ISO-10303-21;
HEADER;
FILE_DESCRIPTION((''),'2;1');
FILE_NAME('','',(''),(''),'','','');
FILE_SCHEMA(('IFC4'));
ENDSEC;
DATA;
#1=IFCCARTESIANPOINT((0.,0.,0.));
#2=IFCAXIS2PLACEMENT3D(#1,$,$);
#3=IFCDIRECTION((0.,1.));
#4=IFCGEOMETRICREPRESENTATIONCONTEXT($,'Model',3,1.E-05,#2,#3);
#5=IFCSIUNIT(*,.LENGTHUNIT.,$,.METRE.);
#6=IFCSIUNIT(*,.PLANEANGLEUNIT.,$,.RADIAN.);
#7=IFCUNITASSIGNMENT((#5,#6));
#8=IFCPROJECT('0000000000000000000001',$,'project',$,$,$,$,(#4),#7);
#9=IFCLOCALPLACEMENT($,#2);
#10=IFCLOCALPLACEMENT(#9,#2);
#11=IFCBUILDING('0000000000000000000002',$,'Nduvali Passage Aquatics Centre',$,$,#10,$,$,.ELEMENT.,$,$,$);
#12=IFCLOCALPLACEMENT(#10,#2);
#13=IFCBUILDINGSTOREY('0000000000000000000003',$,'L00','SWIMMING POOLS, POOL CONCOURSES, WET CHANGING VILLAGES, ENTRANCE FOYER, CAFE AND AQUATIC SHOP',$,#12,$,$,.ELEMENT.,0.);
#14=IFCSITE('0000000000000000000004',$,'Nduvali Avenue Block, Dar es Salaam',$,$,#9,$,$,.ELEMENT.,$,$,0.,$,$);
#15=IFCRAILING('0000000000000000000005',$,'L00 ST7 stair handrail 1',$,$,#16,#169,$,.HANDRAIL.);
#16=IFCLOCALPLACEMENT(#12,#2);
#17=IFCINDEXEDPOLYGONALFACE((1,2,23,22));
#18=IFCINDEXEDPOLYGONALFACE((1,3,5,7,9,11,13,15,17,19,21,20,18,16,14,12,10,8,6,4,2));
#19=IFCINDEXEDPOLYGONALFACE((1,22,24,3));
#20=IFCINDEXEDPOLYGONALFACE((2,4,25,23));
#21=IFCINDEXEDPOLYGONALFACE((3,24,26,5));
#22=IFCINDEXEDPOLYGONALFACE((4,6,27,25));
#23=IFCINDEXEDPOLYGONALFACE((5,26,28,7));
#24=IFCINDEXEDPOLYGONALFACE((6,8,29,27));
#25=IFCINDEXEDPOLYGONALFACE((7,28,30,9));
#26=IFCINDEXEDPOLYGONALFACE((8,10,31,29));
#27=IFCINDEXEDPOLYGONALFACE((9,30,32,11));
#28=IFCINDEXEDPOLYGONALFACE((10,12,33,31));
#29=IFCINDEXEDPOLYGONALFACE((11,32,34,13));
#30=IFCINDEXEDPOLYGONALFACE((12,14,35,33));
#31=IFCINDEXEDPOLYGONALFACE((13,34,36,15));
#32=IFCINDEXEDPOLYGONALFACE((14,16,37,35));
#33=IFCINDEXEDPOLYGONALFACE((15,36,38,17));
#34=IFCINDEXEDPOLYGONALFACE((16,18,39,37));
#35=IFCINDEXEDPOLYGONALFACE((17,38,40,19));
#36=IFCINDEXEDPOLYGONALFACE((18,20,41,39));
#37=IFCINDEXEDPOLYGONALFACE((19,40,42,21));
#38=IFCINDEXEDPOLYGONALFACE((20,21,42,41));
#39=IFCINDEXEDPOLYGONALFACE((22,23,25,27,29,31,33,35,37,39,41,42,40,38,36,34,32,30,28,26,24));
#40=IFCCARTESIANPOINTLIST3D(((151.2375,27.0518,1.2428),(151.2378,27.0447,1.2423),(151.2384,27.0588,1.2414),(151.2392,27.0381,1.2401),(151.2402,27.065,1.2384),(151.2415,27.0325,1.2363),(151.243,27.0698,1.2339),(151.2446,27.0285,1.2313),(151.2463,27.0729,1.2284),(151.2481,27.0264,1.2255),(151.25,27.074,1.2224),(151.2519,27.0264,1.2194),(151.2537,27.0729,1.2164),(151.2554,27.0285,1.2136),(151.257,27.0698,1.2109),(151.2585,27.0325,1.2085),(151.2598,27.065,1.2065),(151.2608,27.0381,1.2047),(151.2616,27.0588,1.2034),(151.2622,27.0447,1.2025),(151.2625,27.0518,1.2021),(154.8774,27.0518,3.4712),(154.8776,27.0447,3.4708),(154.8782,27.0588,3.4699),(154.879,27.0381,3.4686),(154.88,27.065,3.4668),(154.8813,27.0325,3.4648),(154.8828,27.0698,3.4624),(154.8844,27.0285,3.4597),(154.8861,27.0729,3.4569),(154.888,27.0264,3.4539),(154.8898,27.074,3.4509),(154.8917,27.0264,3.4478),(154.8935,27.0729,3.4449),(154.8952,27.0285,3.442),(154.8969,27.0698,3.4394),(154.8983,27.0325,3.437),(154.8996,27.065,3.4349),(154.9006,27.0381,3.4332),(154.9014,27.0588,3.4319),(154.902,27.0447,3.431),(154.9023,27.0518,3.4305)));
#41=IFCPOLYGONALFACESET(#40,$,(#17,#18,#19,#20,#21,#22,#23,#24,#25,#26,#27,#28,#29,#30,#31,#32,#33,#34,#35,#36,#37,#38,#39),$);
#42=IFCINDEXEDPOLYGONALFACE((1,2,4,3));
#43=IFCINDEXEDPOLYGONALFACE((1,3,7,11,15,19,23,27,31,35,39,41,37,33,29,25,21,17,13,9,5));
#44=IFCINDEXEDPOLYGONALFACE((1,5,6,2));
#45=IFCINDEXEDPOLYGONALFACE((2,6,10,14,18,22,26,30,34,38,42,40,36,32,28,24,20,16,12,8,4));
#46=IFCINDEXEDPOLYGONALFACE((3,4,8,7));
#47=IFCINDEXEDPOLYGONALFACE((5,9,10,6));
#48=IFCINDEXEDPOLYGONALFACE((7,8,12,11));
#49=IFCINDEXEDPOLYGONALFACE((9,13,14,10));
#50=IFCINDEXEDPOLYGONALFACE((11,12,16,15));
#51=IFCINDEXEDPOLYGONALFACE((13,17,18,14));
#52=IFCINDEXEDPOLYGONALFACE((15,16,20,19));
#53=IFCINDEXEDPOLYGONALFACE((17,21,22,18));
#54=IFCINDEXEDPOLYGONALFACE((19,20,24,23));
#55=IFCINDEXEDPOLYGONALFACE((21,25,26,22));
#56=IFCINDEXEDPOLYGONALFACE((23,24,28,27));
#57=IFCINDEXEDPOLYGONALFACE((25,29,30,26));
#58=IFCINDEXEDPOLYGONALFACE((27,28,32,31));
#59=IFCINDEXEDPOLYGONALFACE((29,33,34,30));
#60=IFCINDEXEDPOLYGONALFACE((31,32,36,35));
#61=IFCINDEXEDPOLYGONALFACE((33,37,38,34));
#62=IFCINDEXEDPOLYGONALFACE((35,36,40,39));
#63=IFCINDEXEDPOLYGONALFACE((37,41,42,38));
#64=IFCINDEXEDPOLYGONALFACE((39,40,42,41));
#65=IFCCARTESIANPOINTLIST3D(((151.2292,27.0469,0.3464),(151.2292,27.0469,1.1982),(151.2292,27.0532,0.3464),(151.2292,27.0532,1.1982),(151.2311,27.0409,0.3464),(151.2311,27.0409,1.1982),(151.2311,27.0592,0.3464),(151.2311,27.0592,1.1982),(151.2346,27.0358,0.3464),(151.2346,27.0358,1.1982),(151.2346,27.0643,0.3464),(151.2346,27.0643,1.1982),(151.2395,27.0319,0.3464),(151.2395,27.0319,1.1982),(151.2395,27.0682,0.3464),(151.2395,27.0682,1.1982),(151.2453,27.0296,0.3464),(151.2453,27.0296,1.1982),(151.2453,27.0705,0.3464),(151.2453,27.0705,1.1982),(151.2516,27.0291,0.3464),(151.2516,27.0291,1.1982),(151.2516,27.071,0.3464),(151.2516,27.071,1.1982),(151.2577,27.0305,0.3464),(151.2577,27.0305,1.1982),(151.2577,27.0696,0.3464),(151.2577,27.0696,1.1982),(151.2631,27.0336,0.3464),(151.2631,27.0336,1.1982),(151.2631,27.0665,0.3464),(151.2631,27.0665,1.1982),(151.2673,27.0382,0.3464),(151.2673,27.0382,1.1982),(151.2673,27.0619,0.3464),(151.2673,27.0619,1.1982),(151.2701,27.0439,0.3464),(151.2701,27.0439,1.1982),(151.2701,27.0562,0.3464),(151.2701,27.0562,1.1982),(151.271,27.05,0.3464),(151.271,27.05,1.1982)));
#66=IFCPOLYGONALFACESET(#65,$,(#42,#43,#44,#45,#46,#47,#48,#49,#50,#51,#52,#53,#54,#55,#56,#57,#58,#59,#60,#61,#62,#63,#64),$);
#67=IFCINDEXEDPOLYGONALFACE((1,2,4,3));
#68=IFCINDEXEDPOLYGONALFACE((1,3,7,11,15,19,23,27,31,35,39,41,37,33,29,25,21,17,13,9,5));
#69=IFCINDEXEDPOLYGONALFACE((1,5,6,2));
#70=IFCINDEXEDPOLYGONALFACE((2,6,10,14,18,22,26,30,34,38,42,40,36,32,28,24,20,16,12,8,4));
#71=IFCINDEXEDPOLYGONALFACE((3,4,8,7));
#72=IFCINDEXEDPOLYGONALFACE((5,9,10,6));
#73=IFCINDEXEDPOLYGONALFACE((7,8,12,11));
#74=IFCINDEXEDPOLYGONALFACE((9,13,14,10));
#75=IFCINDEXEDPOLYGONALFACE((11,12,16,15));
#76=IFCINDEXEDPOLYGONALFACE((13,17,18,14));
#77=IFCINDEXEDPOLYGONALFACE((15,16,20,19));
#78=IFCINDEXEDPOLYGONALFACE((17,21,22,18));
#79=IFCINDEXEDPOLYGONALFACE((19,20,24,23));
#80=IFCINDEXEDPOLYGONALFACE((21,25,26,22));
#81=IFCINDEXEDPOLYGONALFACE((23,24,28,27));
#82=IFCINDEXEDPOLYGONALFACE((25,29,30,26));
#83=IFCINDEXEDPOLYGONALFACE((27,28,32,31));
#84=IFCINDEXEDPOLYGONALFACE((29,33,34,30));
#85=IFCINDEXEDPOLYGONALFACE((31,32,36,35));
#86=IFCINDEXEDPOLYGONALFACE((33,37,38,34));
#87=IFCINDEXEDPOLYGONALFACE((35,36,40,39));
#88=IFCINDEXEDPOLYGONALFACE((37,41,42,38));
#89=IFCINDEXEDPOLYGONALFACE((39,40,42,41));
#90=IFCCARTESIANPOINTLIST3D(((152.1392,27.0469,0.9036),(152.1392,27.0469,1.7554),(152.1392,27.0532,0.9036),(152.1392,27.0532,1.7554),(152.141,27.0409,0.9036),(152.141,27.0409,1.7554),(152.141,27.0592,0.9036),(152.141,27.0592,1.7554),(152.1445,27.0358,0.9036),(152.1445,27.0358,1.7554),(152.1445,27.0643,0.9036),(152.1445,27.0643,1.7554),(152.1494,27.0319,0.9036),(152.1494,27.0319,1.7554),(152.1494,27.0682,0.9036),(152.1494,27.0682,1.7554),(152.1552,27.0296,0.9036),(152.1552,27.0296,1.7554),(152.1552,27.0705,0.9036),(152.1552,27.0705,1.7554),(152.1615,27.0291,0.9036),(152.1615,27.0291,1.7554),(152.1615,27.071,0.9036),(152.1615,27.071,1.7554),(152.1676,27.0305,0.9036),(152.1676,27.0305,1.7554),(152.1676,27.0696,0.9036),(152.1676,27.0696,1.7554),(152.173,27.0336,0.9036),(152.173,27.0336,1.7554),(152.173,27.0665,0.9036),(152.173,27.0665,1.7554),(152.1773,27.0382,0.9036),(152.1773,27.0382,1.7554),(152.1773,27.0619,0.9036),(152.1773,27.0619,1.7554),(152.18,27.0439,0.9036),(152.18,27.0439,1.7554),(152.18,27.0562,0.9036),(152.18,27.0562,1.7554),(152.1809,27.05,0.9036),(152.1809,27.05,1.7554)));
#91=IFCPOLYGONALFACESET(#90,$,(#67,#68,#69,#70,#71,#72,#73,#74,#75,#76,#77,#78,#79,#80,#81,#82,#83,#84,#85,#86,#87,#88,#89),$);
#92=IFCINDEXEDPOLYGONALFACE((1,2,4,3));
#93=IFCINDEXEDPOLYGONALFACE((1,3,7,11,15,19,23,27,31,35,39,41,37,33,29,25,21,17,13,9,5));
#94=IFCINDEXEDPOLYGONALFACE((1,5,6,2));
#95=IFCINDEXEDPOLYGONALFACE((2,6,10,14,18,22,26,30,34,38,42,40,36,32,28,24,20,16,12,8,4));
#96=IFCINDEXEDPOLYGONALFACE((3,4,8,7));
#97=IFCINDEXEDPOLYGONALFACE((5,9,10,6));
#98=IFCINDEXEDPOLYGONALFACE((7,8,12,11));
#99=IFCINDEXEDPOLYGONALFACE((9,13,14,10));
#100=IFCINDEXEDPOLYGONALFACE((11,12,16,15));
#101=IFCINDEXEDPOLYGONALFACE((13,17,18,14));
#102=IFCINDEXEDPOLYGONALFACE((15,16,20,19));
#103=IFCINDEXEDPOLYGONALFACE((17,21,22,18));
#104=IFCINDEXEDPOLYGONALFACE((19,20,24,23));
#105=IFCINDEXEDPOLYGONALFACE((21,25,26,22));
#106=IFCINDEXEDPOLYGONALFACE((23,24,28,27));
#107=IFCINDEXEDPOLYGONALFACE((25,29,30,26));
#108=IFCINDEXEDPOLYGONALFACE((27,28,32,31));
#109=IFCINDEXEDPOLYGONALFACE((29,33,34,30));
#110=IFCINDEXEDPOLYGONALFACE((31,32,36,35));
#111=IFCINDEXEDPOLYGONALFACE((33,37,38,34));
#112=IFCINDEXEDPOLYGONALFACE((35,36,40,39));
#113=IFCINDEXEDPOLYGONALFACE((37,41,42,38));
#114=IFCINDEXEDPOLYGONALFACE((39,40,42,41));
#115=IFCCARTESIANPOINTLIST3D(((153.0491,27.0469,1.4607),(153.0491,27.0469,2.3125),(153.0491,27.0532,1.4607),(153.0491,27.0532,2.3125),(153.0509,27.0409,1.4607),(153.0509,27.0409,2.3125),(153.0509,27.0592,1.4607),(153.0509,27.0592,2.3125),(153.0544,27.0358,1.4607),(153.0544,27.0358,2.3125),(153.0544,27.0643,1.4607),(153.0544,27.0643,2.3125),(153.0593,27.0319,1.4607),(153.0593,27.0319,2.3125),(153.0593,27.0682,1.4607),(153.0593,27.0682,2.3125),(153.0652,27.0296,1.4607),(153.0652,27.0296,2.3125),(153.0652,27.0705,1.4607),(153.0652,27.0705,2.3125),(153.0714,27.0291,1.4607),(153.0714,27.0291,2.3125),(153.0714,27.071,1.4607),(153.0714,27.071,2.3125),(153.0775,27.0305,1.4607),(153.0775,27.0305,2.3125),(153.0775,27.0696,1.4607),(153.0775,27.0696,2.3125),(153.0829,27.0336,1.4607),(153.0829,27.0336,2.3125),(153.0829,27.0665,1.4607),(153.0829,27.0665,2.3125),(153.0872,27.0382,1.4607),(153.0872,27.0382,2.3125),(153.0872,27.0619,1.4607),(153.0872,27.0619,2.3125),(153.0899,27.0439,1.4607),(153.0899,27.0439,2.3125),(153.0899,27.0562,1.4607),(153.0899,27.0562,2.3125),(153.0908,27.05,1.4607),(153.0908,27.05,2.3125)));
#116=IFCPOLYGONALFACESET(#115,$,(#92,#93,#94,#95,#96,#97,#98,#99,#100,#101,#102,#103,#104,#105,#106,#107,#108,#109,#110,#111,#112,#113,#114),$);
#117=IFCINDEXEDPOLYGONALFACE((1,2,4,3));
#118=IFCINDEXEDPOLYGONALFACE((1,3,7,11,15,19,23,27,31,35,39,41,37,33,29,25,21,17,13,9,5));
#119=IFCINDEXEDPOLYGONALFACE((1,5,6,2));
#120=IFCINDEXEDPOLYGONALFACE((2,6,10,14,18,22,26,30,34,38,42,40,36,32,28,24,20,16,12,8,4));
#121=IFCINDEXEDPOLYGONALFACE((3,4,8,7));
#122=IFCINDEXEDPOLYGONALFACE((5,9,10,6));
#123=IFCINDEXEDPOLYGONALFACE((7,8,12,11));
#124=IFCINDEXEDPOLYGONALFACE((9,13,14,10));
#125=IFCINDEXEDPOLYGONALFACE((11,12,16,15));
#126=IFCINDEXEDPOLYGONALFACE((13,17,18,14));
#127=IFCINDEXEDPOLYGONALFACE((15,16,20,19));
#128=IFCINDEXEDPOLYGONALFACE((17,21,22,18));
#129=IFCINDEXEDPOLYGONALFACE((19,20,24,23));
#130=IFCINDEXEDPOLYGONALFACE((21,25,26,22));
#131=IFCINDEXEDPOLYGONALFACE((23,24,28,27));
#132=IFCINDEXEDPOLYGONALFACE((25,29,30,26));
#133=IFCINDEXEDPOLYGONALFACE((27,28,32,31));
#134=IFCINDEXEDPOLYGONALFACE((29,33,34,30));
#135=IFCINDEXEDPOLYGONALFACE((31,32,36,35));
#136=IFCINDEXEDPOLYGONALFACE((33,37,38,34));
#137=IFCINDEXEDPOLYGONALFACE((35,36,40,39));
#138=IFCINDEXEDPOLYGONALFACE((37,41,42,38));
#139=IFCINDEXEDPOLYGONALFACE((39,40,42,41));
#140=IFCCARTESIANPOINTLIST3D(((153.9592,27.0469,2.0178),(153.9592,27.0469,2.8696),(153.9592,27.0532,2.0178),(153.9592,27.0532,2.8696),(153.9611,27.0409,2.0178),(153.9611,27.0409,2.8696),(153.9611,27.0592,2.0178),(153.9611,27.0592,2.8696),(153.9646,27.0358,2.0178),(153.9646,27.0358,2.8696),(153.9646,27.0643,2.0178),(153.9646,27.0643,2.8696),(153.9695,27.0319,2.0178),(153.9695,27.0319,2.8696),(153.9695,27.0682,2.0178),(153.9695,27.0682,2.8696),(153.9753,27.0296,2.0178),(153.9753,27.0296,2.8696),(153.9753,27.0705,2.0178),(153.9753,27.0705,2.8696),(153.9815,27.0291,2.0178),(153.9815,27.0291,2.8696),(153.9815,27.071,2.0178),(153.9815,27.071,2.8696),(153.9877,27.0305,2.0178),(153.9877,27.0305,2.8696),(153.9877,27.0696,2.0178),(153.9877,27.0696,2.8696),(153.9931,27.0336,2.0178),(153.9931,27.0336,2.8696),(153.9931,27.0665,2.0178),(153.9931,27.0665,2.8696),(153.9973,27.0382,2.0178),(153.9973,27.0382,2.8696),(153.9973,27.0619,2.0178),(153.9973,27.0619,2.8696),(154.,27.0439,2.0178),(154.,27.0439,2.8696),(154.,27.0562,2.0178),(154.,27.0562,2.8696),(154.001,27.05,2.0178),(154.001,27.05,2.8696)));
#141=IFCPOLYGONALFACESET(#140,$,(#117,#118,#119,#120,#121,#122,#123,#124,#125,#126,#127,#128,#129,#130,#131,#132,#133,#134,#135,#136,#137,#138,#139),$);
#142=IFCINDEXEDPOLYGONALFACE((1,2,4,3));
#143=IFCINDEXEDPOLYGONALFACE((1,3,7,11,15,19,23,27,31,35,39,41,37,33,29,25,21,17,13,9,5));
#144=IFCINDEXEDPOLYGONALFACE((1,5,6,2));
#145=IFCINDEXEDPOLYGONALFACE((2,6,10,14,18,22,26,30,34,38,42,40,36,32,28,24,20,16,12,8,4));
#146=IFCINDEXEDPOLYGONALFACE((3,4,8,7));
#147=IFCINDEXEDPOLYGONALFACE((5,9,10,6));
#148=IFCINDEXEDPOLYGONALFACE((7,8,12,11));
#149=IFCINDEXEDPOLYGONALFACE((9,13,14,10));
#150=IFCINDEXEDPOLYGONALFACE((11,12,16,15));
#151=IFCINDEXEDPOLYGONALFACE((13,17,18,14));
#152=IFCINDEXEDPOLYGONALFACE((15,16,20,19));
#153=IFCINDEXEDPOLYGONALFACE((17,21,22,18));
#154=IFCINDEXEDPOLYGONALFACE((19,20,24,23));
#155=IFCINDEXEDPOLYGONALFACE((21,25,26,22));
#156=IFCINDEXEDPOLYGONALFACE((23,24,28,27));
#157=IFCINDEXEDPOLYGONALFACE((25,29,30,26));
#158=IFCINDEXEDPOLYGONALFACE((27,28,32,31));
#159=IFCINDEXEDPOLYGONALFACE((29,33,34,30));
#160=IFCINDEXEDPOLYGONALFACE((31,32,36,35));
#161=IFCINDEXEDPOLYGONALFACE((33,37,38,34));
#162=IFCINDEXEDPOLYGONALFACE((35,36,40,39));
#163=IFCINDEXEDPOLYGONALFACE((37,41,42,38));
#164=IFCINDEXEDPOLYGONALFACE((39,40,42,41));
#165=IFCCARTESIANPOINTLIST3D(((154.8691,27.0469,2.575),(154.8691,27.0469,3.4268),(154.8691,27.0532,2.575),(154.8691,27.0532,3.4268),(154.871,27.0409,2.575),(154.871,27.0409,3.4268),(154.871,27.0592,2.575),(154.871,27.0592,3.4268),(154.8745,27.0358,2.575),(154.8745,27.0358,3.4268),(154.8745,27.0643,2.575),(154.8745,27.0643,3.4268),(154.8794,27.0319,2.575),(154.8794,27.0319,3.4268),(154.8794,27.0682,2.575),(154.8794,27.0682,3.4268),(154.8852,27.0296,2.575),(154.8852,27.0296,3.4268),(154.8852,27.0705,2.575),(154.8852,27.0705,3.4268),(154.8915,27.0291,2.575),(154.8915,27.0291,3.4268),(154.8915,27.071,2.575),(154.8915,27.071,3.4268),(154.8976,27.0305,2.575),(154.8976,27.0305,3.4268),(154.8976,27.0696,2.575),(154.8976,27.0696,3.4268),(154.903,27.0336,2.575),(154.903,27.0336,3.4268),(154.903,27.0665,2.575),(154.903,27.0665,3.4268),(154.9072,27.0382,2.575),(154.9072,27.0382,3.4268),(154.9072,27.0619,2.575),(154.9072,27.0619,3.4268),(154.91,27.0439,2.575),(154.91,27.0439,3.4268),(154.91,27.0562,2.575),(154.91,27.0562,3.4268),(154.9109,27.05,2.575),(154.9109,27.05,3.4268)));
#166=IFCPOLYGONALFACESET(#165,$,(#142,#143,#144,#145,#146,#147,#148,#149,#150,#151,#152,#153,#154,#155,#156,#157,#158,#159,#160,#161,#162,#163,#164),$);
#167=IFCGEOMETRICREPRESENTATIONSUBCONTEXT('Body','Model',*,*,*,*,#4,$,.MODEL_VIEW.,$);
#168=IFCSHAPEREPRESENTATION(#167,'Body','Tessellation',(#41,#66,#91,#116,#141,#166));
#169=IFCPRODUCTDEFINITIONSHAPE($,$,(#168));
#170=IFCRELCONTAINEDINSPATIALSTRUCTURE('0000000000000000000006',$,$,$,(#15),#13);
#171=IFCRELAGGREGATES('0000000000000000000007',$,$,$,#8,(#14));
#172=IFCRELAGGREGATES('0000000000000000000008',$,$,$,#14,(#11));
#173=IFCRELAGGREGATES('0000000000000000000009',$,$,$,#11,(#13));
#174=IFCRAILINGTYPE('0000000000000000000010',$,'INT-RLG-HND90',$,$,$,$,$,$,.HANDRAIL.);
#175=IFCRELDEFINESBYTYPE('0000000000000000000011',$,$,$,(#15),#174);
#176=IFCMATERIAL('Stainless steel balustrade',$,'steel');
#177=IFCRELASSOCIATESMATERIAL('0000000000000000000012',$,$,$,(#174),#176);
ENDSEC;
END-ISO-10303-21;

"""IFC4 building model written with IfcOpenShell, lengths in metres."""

from ifc_helpers import new_model, si_unit, direction, frame, origin, origin_2d, place, context, subcontext, project, spatial, circle, extrude, material, type_object, element, save


model = new_model("IFC4")

# Units and contexts
model_context = context("Model", 3, precision=1e-05, world=origin(), true_north=direction((0.0, 1.0)))
body_context = subcontext(model_context, "Body", "Model", "MODEL_VIEW")
ifc_project = project(units=[si_unit("LENGTHUNIT", "METRE"), si_unit("PLANEANGLEUNIT", "RADIAN")], contexts=[model_context])

# Site, building, storey
site_placement = place(None, origin())
site = spatial("IfcSite", under=ifc_project, at=site_placement, Name="Nduvali Avenue Block, Dar es Salaam", CompositionType="ELEMENT", RefElevation=0.0)
building_placement = place(site_placement, origin())
building = spatial("IfcBuilding", under=site, at=building_placement, Name="Nduvali Passage Aquatics Centre", CompositionType="ELEMENT")
storey_placement = place(building_placement, origin())
storey = spatial("IfcBuildingStorey", under=building, at=storey_placement, Name="L00", Description="SWIMMING POOLS, POOL CONCOURSES, WET CHANGING VILLAGES, ENTRANCE FOYER, CAFE AND AQUATIC SHOP", CompositionType="ELEMENT", Elevation=0.0)

# Railing
ifc_material_1 = material(Name="Stainless steel balustrade", Category="steel")
railing_type_1 = type_object("IfcRailingType", Name="INT-RLG-HND90", PredefinedType="HANDRAIL", material=ifc_material_1)
railing_1_placement = place(storey_placement, frame((151.25, 27.05, 0.3464)))
element("IfcRailing", 1, at=railing_1_placement, inside=storey, type_object=railing_type_1, Name="L00 ST7 stair handrail 1", PredefinedType="HANDRAIL", context=body_context, shape_type="SweptSolid", body=[
    extrude(circle(Radius=0.0239, at=origin_2d()), frame((0.0, 0.0, 0.876), z_axis=(0.85285, 0.0, 0.522156), x_axis=(0.0, 1.0, 0.0)), (0.0, 0.0, 1.0), 4.2678),
    extrude(circle(Radius=0.021, at=origin_2d()), origin(), (0.0, 0.0, 1.0), 0.8518),
    extrude(circle(Radius=0.021, at=origin_2d()), frame((0.9099, 0.0, 0.5571)), (0.0, 0.0, 1.0), 0.8518),
    extrude(circle(Radius=0.021, at=origin_2d()), frame((1.8198, 0.0, 1.1143)), (0.0, 0.0, 1.0), 0.8518),
    extrude(circle(Radius=0.021, at=origin_2d()), frame((2.73, 0.0, 1.6714)), (0.0, 0.0, 1.0), 0.8518),
    extrude(circle(Radius=0.021, at=origin_2d()), frame((3.6399, 0.0, 2.2285)), (0.0, 0.0, 1.0), 0.8518),
])

save(model, "model.ifc")
